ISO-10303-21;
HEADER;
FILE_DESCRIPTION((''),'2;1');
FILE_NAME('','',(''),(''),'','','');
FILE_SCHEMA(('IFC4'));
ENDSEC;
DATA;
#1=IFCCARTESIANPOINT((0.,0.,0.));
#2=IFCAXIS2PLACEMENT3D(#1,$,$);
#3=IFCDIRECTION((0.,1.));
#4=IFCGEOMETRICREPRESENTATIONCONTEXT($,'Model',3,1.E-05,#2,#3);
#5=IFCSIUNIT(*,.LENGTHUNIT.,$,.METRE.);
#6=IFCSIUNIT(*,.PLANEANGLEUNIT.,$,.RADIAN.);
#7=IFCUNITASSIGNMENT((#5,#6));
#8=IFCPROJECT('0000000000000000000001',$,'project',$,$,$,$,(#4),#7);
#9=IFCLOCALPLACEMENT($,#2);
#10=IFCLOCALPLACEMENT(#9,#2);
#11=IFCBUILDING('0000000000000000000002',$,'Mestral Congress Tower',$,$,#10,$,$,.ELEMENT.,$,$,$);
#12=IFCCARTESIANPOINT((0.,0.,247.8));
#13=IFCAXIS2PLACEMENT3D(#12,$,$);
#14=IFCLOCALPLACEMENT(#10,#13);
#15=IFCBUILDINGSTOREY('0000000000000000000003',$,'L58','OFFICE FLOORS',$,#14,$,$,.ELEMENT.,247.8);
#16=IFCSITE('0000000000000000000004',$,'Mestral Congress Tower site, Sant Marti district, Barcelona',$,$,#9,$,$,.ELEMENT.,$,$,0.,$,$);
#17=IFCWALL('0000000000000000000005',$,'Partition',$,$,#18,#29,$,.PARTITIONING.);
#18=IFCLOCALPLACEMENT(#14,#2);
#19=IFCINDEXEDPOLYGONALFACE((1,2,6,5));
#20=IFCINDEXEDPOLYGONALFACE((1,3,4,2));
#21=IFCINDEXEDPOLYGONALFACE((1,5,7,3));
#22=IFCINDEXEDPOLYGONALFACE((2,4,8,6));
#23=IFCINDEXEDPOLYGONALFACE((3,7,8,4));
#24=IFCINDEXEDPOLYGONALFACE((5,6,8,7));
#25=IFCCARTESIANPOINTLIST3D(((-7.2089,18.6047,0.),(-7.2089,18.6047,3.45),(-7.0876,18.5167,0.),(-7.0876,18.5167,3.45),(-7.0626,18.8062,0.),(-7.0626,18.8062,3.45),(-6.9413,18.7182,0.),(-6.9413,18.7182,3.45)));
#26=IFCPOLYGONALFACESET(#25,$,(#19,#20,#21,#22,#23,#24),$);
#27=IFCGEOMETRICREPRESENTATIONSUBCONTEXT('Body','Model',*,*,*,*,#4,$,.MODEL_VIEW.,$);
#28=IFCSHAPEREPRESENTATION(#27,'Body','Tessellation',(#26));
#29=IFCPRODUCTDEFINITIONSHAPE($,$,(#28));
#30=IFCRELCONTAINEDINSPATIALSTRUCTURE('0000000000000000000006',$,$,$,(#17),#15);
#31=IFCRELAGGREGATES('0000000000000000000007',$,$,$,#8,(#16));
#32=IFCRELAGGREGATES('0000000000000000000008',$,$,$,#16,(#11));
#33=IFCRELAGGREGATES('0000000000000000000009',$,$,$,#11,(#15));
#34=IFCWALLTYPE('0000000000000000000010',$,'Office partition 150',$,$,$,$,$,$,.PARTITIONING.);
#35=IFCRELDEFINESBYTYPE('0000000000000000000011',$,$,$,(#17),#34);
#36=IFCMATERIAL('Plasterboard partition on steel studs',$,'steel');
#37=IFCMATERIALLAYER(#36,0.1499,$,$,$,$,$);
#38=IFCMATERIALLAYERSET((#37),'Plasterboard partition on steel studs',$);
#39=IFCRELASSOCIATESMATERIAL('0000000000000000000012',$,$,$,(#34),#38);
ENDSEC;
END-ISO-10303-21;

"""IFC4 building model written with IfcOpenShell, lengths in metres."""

from ifc_helpers import new_model, si_unit, direction, frame, frame_2d, origin, place, context, subcontext, project, spatial, rectangle, extrude, material, layer, layer_set, type_object, element, save


model = new_model("IFC4")

# Units and contexts
model_context = context("Model", 3, precision=1e-05, world=origin(), true_north=direction((0.0, 1.0)))
body_context = subcontext(model_context, "Body", "Model", "MODEL_VIEW")
ifc_project = project(units=[si_unit("LENGTHUNIT", "METRE"), si_unit("PLANEANGLEUNIT", "RADIAN")], contexts=[model_context])

# Site, building, storey
site_placement = place(None, origin())
site = spatial("IfcSite", under=ifc_project, at=site_placement, Name="Mestral Congress Tower site, Sant Marti district, Barcelona", CompositionType="ELEMENT", RefElevation=0.0)
building_placement = place(site_placement, origin())
building = spatial("IfcBuilding", under=site, at=building_placement, Name="Mestral Congress Tower", CompositionType="ELEMENT")
storey_placement = place(building_placement, frame((0.0, 0.0, 247.8)))
storey = spatial("IfcBuildingStorey", under=building, at=storey_placement, Name="L58", Description="OFFICE FLOORS", CompositionType="ELEMENT", Elevation=247.8)

# Shared definitions
ifc_material_1 = material(Name="Plasterboard partition on steel studs", Category="steel")
ifc_layer_1 = layer(ifc_material_1, 0.1499)
ifc_layer_set_1 = layer_set([ifc_layer_1], Name="Plasterboard partition on steel studs")
wall_type_1 = type_object("IfcWallType", Name="Office partition 150", PredefinedType="PARTITIONING", material=ifc_layer_set_1)

# Wall
wall_1_placement = place(storey_placement, frame((-7.002, 18.7622, 0.0), z_axis=(0.0, 0.0, 1.0), x_axis=(-0.58753, -0.809202, 0.0)))
element("IfcWall", 1, at=wall_1_placement, inside=storey, type_object=wall_type_1, Name="Partition", PredefinedType="PARTITIONING", context=body_context, shape_type="SweptSolid", body=[
    extrude(rectangle(XDim=0.249, YDim=0.1499, at=frame_2d((0.1245, 0.0))), origin(), (0.0, 0.0, 1.0), 3.45),
])

save(model, "model.ifc")
